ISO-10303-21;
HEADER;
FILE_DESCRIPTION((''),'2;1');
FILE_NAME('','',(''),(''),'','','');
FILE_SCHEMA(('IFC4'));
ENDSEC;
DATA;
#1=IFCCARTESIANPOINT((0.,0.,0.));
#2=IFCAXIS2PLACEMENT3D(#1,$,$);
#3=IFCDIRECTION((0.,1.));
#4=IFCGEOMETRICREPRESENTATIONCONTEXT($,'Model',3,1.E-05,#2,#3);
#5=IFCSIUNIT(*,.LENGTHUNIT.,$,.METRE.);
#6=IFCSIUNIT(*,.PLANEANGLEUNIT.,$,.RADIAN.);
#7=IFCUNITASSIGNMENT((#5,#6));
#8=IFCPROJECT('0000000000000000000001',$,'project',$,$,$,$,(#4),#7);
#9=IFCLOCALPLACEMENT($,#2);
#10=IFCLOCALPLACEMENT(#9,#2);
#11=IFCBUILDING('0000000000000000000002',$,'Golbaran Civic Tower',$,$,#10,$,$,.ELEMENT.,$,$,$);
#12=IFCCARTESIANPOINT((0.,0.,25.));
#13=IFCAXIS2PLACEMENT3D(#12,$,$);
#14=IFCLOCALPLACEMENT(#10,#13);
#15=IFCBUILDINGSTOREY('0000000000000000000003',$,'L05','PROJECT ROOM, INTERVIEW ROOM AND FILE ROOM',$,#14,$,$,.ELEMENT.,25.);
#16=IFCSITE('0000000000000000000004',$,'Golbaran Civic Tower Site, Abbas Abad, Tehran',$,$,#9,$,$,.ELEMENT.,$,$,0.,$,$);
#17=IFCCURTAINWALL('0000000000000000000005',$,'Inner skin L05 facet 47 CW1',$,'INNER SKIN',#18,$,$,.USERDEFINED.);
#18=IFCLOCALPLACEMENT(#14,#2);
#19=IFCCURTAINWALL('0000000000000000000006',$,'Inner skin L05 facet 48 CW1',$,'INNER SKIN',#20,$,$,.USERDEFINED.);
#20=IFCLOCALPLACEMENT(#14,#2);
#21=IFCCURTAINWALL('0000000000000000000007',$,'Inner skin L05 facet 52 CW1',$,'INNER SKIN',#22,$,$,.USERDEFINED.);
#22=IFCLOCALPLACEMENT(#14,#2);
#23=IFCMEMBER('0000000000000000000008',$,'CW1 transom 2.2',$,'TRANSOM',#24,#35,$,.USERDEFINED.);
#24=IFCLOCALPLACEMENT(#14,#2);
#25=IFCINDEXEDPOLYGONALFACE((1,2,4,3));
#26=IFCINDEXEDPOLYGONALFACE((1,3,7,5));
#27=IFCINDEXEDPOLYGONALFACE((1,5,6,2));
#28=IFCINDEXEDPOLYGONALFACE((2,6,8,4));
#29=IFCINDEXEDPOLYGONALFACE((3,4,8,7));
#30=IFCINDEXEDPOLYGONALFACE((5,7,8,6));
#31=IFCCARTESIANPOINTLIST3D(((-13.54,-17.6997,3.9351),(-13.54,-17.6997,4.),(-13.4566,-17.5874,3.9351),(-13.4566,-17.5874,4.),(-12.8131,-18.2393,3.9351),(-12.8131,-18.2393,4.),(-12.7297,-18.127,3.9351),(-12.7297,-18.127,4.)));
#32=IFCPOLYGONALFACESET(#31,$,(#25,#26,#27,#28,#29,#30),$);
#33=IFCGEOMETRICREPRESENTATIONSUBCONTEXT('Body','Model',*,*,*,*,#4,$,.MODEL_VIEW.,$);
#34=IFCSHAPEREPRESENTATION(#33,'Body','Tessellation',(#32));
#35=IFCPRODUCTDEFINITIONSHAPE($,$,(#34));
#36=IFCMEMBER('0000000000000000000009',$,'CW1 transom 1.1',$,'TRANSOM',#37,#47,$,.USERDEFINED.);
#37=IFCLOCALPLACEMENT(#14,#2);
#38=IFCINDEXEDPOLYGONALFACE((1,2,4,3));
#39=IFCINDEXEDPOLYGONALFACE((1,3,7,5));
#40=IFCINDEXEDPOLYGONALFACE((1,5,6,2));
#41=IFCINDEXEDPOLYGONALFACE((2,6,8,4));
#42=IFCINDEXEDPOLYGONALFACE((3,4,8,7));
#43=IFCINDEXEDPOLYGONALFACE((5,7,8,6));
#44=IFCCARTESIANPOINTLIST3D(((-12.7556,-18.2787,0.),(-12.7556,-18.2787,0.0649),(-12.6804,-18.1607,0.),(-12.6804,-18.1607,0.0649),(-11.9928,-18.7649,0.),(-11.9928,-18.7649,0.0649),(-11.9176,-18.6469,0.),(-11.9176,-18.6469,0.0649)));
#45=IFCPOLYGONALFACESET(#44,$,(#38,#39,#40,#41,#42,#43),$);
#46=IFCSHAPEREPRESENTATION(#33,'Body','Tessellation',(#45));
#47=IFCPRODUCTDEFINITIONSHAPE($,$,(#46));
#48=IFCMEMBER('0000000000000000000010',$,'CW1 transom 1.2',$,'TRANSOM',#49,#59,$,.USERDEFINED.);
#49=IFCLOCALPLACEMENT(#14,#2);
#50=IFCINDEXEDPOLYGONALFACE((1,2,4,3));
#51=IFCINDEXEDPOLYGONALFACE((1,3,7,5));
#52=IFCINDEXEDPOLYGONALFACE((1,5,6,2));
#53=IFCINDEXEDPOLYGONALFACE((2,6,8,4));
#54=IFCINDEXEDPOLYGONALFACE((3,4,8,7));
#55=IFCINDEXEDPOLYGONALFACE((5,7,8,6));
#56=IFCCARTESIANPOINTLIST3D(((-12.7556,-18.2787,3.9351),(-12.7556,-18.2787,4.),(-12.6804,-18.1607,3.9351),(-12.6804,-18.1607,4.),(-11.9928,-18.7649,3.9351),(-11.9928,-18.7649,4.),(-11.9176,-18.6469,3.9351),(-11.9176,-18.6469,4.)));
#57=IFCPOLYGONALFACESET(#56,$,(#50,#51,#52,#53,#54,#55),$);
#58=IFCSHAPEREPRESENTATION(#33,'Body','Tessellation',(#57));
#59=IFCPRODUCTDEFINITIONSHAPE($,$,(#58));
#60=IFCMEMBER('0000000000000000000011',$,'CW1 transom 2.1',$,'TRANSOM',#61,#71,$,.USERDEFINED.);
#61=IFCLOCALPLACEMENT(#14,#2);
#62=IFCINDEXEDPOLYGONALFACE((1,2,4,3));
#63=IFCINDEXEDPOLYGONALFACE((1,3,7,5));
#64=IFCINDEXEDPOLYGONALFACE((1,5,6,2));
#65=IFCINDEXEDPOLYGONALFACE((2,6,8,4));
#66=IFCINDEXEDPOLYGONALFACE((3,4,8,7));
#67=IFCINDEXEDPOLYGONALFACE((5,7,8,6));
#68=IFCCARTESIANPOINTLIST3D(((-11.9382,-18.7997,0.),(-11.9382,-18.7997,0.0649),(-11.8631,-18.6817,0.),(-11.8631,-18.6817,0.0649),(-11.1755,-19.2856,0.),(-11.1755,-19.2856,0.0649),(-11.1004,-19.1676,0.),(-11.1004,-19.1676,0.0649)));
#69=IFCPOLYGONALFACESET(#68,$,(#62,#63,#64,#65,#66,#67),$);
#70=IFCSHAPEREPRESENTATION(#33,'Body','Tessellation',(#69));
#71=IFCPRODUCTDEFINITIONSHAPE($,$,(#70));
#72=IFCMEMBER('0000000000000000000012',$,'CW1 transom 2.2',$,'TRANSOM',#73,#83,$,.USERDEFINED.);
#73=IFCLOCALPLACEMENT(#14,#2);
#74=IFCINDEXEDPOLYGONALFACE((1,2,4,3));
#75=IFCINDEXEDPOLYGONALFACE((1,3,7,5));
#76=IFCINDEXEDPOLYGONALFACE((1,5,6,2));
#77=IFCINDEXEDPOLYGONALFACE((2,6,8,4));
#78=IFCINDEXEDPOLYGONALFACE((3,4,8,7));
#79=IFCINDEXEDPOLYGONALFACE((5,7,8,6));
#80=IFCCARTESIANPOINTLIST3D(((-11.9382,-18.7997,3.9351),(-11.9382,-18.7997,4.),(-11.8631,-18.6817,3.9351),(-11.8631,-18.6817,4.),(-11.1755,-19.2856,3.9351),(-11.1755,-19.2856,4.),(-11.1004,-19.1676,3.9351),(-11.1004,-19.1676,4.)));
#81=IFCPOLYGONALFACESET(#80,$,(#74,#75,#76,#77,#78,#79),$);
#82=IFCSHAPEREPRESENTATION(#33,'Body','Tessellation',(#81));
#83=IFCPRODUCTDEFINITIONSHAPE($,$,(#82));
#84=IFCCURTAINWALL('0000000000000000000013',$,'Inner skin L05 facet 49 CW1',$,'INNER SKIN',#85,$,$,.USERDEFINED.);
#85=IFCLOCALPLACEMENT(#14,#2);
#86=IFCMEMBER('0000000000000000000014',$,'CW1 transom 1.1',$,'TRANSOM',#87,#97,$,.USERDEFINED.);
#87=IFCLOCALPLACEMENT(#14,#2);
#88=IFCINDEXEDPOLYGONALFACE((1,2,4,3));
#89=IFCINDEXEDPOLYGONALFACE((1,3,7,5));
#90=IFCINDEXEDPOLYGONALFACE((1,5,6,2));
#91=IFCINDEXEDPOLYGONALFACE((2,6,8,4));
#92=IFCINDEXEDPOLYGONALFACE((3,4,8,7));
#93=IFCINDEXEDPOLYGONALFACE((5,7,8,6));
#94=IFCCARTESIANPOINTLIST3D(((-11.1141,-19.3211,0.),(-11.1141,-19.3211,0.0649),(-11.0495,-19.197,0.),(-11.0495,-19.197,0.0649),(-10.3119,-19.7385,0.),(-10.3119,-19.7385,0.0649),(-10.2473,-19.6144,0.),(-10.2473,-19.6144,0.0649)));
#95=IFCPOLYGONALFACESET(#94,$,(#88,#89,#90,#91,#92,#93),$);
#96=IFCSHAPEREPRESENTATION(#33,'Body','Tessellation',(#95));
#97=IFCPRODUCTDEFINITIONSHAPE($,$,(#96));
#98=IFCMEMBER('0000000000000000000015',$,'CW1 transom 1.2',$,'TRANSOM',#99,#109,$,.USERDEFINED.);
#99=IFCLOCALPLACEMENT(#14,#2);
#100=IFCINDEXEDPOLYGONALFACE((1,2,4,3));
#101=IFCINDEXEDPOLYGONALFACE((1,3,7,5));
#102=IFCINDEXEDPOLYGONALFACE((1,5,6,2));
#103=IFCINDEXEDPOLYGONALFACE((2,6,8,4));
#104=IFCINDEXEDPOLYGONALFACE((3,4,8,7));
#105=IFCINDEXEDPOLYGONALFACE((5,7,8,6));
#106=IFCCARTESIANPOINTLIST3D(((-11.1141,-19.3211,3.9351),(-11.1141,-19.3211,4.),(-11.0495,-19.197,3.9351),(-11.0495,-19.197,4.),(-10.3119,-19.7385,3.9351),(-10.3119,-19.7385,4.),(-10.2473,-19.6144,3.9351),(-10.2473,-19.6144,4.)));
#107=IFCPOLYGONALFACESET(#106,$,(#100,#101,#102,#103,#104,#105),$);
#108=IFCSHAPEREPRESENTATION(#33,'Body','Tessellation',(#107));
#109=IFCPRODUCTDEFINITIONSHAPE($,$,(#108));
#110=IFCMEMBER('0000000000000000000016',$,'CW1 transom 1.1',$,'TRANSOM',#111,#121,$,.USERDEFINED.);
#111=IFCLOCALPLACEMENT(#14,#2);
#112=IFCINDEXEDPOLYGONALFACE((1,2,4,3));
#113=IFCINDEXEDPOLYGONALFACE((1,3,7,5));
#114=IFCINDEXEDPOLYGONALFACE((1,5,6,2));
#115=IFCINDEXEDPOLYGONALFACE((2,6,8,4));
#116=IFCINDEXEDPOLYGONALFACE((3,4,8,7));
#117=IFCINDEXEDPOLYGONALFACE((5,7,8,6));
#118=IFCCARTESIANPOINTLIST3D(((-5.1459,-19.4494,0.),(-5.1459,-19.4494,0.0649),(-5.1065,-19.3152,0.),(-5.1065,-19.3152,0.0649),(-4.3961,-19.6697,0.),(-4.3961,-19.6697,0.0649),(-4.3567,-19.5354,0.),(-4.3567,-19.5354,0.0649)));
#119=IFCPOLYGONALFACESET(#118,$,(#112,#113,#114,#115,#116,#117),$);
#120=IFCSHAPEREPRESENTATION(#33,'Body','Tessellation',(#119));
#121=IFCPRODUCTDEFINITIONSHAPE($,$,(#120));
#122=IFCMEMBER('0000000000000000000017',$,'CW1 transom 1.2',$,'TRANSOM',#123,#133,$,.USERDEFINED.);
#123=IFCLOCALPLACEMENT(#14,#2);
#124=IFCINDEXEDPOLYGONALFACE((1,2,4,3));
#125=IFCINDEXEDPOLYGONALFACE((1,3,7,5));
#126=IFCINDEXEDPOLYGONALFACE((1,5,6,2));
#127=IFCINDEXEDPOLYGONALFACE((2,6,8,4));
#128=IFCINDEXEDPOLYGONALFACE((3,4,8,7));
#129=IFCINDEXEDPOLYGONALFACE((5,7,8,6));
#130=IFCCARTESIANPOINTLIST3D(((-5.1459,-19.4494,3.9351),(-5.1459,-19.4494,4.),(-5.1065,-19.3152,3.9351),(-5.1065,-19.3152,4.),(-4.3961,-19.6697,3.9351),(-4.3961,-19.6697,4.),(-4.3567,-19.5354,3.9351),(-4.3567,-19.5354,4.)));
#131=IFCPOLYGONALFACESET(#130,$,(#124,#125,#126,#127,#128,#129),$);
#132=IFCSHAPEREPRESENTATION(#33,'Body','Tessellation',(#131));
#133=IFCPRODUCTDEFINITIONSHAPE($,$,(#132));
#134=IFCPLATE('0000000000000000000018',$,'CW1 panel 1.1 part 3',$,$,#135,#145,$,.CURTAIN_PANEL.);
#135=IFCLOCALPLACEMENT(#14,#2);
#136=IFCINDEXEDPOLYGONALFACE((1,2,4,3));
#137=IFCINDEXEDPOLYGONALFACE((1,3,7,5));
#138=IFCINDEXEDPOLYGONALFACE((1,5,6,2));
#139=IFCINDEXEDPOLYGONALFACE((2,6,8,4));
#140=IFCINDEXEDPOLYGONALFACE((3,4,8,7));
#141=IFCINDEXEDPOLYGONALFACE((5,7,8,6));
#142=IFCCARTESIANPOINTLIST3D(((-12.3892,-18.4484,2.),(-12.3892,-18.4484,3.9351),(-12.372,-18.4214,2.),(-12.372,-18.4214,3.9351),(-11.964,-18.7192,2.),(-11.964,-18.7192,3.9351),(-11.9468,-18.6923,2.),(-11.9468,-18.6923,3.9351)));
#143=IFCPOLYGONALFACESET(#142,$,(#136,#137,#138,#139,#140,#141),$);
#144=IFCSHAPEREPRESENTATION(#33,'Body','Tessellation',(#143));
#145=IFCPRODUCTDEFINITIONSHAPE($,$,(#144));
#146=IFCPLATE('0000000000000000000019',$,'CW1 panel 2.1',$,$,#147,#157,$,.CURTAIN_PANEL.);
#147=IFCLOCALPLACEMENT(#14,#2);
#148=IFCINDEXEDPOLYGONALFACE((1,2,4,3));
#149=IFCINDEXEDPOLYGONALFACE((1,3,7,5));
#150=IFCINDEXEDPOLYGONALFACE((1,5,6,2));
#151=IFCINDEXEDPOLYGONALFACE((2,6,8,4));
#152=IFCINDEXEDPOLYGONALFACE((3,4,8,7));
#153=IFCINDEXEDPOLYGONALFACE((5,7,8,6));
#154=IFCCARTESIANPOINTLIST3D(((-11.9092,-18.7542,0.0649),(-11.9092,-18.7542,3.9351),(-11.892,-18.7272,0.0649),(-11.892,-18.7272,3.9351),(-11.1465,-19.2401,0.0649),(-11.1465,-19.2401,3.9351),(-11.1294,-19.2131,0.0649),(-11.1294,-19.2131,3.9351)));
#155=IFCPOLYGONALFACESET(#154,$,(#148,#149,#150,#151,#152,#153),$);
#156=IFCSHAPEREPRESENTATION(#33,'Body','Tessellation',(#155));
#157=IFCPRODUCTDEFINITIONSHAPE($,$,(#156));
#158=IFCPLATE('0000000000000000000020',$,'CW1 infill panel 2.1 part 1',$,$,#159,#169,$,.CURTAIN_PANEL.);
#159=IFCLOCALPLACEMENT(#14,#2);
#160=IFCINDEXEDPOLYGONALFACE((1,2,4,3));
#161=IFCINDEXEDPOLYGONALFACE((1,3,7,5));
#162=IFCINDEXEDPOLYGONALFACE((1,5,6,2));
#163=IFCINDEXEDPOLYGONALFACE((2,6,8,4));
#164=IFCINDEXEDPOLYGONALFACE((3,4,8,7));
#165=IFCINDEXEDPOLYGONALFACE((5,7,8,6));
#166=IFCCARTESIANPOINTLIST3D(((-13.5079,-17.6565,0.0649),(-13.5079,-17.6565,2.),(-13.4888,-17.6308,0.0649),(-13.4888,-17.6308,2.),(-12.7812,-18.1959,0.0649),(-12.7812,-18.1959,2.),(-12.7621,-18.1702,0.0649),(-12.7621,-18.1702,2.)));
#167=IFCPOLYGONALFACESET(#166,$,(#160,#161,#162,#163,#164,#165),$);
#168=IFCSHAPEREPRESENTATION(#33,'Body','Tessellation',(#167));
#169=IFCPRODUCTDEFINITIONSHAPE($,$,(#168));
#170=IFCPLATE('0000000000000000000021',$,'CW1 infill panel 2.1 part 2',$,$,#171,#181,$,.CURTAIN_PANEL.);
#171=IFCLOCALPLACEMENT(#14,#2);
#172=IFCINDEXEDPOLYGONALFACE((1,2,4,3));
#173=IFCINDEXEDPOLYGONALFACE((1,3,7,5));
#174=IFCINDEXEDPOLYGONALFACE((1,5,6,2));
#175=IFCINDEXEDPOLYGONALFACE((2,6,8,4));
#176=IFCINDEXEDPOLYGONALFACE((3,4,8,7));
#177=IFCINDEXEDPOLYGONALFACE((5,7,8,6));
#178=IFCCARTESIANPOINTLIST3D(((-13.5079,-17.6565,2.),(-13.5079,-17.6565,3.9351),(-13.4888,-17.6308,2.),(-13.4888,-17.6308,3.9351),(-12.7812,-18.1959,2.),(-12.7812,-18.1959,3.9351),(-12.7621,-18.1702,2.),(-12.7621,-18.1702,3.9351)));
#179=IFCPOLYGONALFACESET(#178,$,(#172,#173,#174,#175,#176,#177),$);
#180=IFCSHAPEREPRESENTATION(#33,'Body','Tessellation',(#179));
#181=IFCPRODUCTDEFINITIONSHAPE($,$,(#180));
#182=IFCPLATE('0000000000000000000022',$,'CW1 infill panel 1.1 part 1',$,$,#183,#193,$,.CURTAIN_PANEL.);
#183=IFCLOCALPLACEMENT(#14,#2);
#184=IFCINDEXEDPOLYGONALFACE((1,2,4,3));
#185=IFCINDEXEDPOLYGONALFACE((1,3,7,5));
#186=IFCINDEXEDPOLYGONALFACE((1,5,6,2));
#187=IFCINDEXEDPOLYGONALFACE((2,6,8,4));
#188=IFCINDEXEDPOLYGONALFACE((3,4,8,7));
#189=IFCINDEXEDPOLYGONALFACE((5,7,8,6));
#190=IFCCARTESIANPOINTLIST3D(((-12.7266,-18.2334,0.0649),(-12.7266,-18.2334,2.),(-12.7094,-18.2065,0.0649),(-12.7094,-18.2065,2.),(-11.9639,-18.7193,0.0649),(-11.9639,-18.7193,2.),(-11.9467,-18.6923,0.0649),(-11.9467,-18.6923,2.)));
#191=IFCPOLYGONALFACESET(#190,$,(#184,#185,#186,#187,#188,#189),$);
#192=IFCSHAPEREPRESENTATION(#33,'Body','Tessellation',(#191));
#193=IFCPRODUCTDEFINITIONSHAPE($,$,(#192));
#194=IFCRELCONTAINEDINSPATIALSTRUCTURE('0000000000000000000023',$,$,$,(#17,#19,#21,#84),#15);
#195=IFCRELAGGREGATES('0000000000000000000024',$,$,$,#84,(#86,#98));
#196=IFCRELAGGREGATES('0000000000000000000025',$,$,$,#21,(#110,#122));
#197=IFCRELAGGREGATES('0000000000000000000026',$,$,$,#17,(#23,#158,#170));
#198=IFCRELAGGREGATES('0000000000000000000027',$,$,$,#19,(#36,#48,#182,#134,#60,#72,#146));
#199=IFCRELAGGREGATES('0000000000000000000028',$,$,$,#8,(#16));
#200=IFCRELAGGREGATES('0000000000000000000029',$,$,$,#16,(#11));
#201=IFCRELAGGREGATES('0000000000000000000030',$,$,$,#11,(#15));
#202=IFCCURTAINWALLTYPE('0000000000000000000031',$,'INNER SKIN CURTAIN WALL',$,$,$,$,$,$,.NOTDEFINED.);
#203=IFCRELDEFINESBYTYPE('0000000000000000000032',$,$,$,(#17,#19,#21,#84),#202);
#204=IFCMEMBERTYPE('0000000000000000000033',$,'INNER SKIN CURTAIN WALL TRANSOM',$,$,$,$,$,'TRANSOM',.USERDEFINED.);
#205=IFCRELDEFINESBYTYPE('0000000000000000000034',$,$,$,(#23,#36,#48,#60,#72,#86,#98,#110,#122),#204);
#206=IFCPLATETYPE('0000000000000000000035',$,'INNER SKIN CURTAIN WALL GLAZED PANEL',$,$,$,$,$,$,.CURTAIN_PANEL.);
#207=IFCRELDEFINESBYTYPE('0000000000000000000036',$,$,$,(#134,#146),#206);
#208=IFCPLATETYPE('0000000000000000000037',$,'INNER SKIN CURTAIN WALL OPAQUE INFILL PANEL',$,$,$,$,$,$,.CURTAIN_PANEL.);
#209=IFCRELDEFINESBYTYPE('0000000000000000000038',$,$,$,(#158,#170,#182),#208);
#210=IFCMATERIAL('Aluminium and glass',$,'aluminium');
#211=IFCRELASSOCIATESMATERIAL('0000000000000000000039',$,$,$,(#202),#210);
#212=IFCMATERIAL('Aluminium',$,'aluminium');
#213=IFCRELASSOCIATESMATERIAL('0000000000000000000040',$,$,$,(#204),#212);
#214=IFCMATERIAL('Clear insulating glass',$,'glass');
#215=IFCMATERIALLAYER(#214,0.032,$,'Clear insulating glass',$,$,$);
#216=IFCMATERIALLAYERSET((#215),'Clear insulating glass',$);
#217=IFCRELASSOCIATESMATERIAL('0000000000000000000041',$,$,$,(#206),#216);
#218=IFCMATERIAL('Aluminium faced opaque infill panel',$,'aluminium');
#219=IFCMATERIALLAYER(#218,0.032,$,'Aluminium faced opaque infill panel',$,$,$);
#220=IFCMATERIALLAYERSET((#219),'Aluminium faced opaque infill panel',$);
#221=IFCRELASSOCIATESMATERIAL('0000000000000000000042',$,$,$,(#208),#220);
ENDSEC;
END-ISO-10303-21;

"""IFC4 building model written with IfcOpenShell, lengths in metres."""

from ifc_helpers import new_model, si_unit, direction, frame, origin, origin_2d, place, context, subcontext, project, spatial, rectangle, extrude, material, layer, layer_set, material_profile, profile_set, type_object, element, aggregate, save


model = new_model("IFC4")

# Units and contexts
model_context = context("Model", 3, precision=1e-05, world=origin(), true_north=direction((0.0, 1.0)))
body_context = subcontext(model_context, "Body", "Model", "MODEL_VIEW")
ifc_project = project(units=[si_unit("LENGTHUNIT", "METRE"), si_unit("PLANEANGLEUNIT", "RADIAN")], contexts=[model_context])

# Site, building, storey
site_placement = place(None, origin())
site = spatial("IfcSite", under=ifc_project, at=site_placement, Name="Golbaran Civic Tower Site, Abbas Abad, Tehran", CompositionType="ELEMENT", RefElevation=0.0)
building_placement = place(site_placement, origin())
building = spatial("IfcBuilding", under=site, at=building_placement, Name="Golbaran Civic Tower", CompositionType="ELEMENT")
storey_placement = place(building_placement, frame((0.0, 0.0, 25.0)))
storey = spatial("IfcBuildingStorey", under=building, at=storey_placement, Name="L05", Description="PROJECT ROOM, INTERVIEW ROOM AND FILE ROOM", CompositionType="ELEMENT", Elevation=25.0)

# Curtain walls
ifc_material_1 = material(Name="Aluminium and glass", Category="aluminium")
curtain_wall_type = type_object("IfcCurtainWallType", Name="INNER SKIN CURTAIN WALL", PredefinedType="NOTDEFINED", material=ifc_material_1)
curtain_wall_1_placement = place(storey_placement, origin())
curtain_wall_1 = element("IfcCurtainWall", 1, at=curtain_wall_1_placement, inside=storey, type_object=curtain_wall_type, Name="Inner skin L05 facet 47 CW1", ObjectType="INNER SKIN", PredefinedType="USERDEFINED")
ifc_material_2 = material(Name="Aluminium", Category="aluminium")
curtain_wall_2_placement = place(storey_placement, origin())
curtain_wall_2 = element("IfcCurtainWall", 2, at=curtain_wall_2_placement, inside=storey, type_object=curtain_wall_type, Name="Inner skin L05 facet 48 CW1", ObjectType="INNER SKIN", PredefinedType="USERDEFINED")

# Curtain wall
curtain_wall_3_placement = place(storey_placement, origin())
curtain_wall_3 = element("IfcCurtainWall", 3, at=curtain_wall_3_placement, inside=storey, type_object=curtain_wall_type, Name="Inner skin L05 facet 52 CW1", ObjectType="INNER SKIN", PredefinedType="USERDEFINED")

# Members
ifc_material_profile_1 = material_profile(ifc_material_2, rectangle(XDim=0.1399, YDim=0.0649, at=origin_2d()), Name="INNER SKIN CURTAIN WALL TRANSOM")
ifc_profile_set_1 = profile_set([ifc_material_profile_1], Name="Aluminium")
member_type_1 = type_object("IfcMemberType", Name="INNER SKIN CURTAIN WALL TRANSOM", ElementType="TRANSOM", PredefinedType="USERDEFINED", material=ifc_profile_set_1)
member_1_placement = place(storey_placement, frame((-13.4983, -17.6436, 3.9675), z_axis=(0.802936, -0.596066, 0.0), x_axis=(0.596066, 0.802936, 0.0)))
member_1 = element("IfcMember", 4, at=member_1_placement, type_object=member_type_1, Name="CW1 transom 2.2", ObjectType="TRANSOM", PredefinedType="USERDEFINED", context=body_context, shape_type="SweptSolid", body=[
    extrude(rectangle(XDim=0.1399, YDim=0.0649, at=origin_2d()), origin(), (0.0, 0.0, 1.0), 0.9053),
])
member_2_placement = place(storey_placement, frame((-12.718, -18.2197, 0.0325), z_axis=(0.843294, -0.537452, 0.0), x_axis=(0.537452, 0.843294, 0.0)))
member_2 = element("IfcMember", 5, at=member_2_placement, type_object=member_type_1, Name="CW1 transom 1.1", ObjectType="TRANSOM", PredefinedType="USERDEFINED", context=body_context, shape_type="SweptSolid", body=[
    extrude(rectangle(XDim=0.1399, YDim=0.0649, at=origin_2d()), origin(), (0.0, 0.0, 1.0), 0.9045),
])
member_3_placement = place(storey_placement, frame((-12.718, -18.2197, 3.9675), z_axis=(0.843294, -0.537452, 0.0), x_axis=(0.537452, 0.843294, 0.0)))
member_3 = element("IfcMember", 6, at=member_3_placement, type_object=member_type_1, Name="CW1 transom 1.2", ObjectType="TRANSOM", PredefinedType="USERDEFINED", context=body_context, shape_type="SweptSolid", body=[
    extrude(rectangle(XDim=0.1399, YDim=0.0649, at=origin_2d()), origin(), (0.0, 0.0, 1.0), 0.9045),
])
member_4_placement = place(storey_placement, frame((-11.9006, -18.7407, 0.0325), z_axis=(0.843417, -0.53726, 0.0), x_axis=(0.53726, 0.843417, 0.0)))
member_4 = element("IfcMember", 7, at=member_4_placement, type_object=member_type_1, Name="CW1 transom 2.1", ObjectType="TRANSOM", PredefinedType="USERDEFINED", context=body_context, shape_type="SweptSolid", body=[
    extrude(rectangle(XDim=0.1399, YDim=0.0649, at=origin_2d()), origin(), (0.0, 0.0, 1.0), 0.9043),
])
member_5_placement = place(storey_placement, frame((-11.9006, -18.7407, 3.9675), z_axis=(0.843417, -0.53726, 0.0), x_axis=(0.53726, 0.843417, 0.0)))
member_5 = element("IfcMember", 8, at=member_5_placement, type_object=member_type_1, Name="CW1 transom 2.2", ObjectType="TRANSOM", PredefinedType="USERDEFINED", context=body_context, shape_type="SweptSolid", body=[
    extrude(rectangle(XDim=0.1399, YDim=0.0649, at=origin_2d()), origin(), (0.0, 0.0, 1.0), 0.9043),
])

# Curtain wall, members
curtain_wall_4_placement = place(storey_placement, origin())
curtain_wall_4 = element("IfcCurtainWall", 9, at=curtain_wall_4_placement, inside=storey, type_object=curtain_wall_type, Name="Inner skin L05 facet 49 CW1", ObjectType="INNER SKIN", PredefinedType="USERDEFINED")
member_6_placement = place(storey_placement, frame((-11.0818, -19.259, 0.0325), z_axis=(0.887075, -0.461625, 0.0), x_axis=(0.461625, 0.887075, 0.0)))
member_6 = element("IfcMember", 10, at=member_6_placement, type_object=member_type_1, Name="CW1 transom 1.1", ObjectType="TRANSOM", PredefinedType="USERDEFINED", context=body_context, shape_type="SweptSolid", body=[
    extrude(rectangle(XDim=0.1399, YDim=0.0649, at=origin_2d()), origin(), (0.0, 0.0, 1.0), 0.9043),
])
member_7_placement = place(storey_placement, frame((-11.0818, -19.259, 3.9675), z_axis=(0.887075, -0.461625, 0.0), x_axis=(0.461625, 0.887075, 0.0)))
member_7 = element("IfcMember", 11, at=member_7_placement, type_object=member_type_1, Name="CW1 transom 1.2", ObjectType="TRANSOM", PredefinedType="USERDEFINED", context=body_context, shape_type="SweptSolid", body=[
    extrude(rectangle(XDim=0.1399, YDim=0.0649, at=origin_2d()), origin(), (0.0, 0.0, 1.0), 0.9043),
])
aggregate(curtain_wall_4, [member_6, member_7])

# Members
member_8_placement = place(storey_placement, frame((-5.1262, -19.3823, 0.0325), z_axis=(0.95947, -0.281811, 0.0), x_axis=(0.281811, 0.95947, 0.0)))
member_8 = element("IfcMember", 12, at=member_8_placement, type_object=member_type_1, Name="CW1 transom 1.1", ObjectType="TRANSOM", PredefinedType="USERDEFINED", context=body_context, shape_type="SweptSolid", body=[
    extrude(rectangle(XDim=0.1399, YDim=0.0649, at=origin_2d()), origin(), (0.0, 0.0, 1.0), 0.7815),
])
member_9_placement = place(storey_placement, frame((-5.1262, -19.3823, 3.9675), z_axis=(0.95947, -0.281811, 0.0), x_axis=(0.281811, 0.95947, 0.0)))
member_9 = element("IfcMember", 13, at=member_9_placement, type_object=member_type_1, Name="CW1 transom 1.2", ObjectType="TRANSOM", PredefinedType="USERDEFINED", context=body_context, shape_type="SweptSolid", body=[
    extrude(rectangle(XDim=0.1399, YDim=0.0649, at=origin_2d()), origin(), (0.0, 0.0, 1.0), 0.7815),
])
aggregate(curtain_wall_3, [member_8, member_9])

# Plates
ifc_material_3 = material(Name="Clear insulating glass", Category="glass")
ifc_layer_1 = layer(ifc_material_3, 0.032, Name="Clear insulating glass")
ifc_layer_set_1 = layer_set([ifc_layer_1], Name="Clear insulating glass")
plate_type_1 = type_object("IfcPlateType", Name="INNER SKIN CURTAIN WALL GLAZED PANEL", PredefinedType="CURTAIN_PANEL", material=ifc_layer_set_1)
plate_1_placement = place(storey_placement, frame((-12.168, -18.5703, 2.0), z_axis=(0.0, 0.0, 1.0), x_axis=(0.843391, -0.5373, 0.0)))
plate_1 = element("IfcPlate", 14, at=plate_1_placement, type_object=plate_type_1, Name="CW1 panel 1.1 part 3", PredefinedType="CURTAIN_PANEL", context=body_context, shape_type="SweptSolid", body=[
    extrude(rectangle(XDim=0.5042, YDim=0.032, at=origin_2d()), origin(), (0.0, 0.0, 1.0), 1.9351),
])
plate_2_placement = place(storey_placement, frame((-11.5193, -18.9836, 0.0649), z_axis=(0.0, 0.0, 1.0), x_axis=(0.843391, -0.5373, 0.0)))
plate_2 = element("IfcPlate", 15, at=plate_2_placement, type_object=plate_type_1, Name="CW1 panel 2.1", PredefinedType="CURTAIN_PANEL", context=body_context, shape_type="SweptSolid", body=[
    extrude(rectangle(XDim=0.9043, YDim=0.032, at=origin_2d()), origin(), (0.0, 0.0, 1.0), 3.8701),
])
ifc_material_4 = material(Name="Aluminium faced opaque infill panel", Category="aluminium")
ifc_layer_2 = layer(ifc_material_4, 0.032, Name="Aluminium faced opaque infill panel")
ifc_layer_set_2 = layer_set([ifc_layer_2], Name="Aluminium faced opaque infill panel")
plate_type_2 = type_object("IfcPlateType", Name="INNER SKIN CURTAIN WALL OPAQUE INFILL PANEL", PredefinedType="CURTAIN_PANEL", material=ifc_layer_set_2)
plate_3_placement = place(storey_placement, frame((-13.135, -17.9133, 0.0649), z_axis=(0.0, 0.0, 1.0), x_axis=(0.80297, -0.596019, 0.0)))
plate_3 = element("IfcPlate", 16, at=plate_3_placement, type_object=plate_type_2, Name="CW1 infill panel 2.1 part 1", PredefinedType="CURTAIN_PANEL", context=body_context, shape_type="SweptSolid", body=[
    extrude(rectangle(XDim=0.905, YDim=0.032, at=origin_2d()), origin(), (0.0, 0.0, 1.0), 1.9351),
])
plate_4_placement = place(storey_placement, frame((-13.135, -17.9133, 2.0), z_axis=(0.0, 0.0, 1.0), x_axis=(0.80297, -0.596019, 0.0)))
plate_4 = element("IfcPlate", 17, at=plate_4_placement, type_object=plate_type_2, Name="CW1 infill panel 2.1 part 2", PredefinedType="CURTAIN_PANEL", context=body_context, shape_type="SweptSolid", body=[
    extrude(rectangle(XDim=0.905, YDim=0.032, at=origin_2d()), origin(), (0.0, 0.0, 1.0), 1.9351),
])
aggregate(curtain_wall_1, [member_1, plate_3, plate_4])
plate_5_placement = place(storey_placement, frame((-12.3367, -18.4629, 0.0649), z_axis=(0.0, 0.0, 1.0), x_axis=(0.843391, -0.5373, 0.0)))
plate_5 = element("IfcPlate", 18, at=plate_5_placement, type_object=plate_type_2, Name="CW1 infill panel 1.1 part 1", PredefinedType="CURTAIN_PANEL", context=body_context, shape_type="SweptSolid", body=[
    extrude(rectangle(XDim=0.9043, YDim=0.032, at=origin_2d()), origin(), (0.0, 0.0, 1.0), 1.9351),
])
aggregate(curtain_wall_2, [member_2, member_3, plate_5, plate_1, member_4, member_5, plate_2])

save(model, "model.ifc")
